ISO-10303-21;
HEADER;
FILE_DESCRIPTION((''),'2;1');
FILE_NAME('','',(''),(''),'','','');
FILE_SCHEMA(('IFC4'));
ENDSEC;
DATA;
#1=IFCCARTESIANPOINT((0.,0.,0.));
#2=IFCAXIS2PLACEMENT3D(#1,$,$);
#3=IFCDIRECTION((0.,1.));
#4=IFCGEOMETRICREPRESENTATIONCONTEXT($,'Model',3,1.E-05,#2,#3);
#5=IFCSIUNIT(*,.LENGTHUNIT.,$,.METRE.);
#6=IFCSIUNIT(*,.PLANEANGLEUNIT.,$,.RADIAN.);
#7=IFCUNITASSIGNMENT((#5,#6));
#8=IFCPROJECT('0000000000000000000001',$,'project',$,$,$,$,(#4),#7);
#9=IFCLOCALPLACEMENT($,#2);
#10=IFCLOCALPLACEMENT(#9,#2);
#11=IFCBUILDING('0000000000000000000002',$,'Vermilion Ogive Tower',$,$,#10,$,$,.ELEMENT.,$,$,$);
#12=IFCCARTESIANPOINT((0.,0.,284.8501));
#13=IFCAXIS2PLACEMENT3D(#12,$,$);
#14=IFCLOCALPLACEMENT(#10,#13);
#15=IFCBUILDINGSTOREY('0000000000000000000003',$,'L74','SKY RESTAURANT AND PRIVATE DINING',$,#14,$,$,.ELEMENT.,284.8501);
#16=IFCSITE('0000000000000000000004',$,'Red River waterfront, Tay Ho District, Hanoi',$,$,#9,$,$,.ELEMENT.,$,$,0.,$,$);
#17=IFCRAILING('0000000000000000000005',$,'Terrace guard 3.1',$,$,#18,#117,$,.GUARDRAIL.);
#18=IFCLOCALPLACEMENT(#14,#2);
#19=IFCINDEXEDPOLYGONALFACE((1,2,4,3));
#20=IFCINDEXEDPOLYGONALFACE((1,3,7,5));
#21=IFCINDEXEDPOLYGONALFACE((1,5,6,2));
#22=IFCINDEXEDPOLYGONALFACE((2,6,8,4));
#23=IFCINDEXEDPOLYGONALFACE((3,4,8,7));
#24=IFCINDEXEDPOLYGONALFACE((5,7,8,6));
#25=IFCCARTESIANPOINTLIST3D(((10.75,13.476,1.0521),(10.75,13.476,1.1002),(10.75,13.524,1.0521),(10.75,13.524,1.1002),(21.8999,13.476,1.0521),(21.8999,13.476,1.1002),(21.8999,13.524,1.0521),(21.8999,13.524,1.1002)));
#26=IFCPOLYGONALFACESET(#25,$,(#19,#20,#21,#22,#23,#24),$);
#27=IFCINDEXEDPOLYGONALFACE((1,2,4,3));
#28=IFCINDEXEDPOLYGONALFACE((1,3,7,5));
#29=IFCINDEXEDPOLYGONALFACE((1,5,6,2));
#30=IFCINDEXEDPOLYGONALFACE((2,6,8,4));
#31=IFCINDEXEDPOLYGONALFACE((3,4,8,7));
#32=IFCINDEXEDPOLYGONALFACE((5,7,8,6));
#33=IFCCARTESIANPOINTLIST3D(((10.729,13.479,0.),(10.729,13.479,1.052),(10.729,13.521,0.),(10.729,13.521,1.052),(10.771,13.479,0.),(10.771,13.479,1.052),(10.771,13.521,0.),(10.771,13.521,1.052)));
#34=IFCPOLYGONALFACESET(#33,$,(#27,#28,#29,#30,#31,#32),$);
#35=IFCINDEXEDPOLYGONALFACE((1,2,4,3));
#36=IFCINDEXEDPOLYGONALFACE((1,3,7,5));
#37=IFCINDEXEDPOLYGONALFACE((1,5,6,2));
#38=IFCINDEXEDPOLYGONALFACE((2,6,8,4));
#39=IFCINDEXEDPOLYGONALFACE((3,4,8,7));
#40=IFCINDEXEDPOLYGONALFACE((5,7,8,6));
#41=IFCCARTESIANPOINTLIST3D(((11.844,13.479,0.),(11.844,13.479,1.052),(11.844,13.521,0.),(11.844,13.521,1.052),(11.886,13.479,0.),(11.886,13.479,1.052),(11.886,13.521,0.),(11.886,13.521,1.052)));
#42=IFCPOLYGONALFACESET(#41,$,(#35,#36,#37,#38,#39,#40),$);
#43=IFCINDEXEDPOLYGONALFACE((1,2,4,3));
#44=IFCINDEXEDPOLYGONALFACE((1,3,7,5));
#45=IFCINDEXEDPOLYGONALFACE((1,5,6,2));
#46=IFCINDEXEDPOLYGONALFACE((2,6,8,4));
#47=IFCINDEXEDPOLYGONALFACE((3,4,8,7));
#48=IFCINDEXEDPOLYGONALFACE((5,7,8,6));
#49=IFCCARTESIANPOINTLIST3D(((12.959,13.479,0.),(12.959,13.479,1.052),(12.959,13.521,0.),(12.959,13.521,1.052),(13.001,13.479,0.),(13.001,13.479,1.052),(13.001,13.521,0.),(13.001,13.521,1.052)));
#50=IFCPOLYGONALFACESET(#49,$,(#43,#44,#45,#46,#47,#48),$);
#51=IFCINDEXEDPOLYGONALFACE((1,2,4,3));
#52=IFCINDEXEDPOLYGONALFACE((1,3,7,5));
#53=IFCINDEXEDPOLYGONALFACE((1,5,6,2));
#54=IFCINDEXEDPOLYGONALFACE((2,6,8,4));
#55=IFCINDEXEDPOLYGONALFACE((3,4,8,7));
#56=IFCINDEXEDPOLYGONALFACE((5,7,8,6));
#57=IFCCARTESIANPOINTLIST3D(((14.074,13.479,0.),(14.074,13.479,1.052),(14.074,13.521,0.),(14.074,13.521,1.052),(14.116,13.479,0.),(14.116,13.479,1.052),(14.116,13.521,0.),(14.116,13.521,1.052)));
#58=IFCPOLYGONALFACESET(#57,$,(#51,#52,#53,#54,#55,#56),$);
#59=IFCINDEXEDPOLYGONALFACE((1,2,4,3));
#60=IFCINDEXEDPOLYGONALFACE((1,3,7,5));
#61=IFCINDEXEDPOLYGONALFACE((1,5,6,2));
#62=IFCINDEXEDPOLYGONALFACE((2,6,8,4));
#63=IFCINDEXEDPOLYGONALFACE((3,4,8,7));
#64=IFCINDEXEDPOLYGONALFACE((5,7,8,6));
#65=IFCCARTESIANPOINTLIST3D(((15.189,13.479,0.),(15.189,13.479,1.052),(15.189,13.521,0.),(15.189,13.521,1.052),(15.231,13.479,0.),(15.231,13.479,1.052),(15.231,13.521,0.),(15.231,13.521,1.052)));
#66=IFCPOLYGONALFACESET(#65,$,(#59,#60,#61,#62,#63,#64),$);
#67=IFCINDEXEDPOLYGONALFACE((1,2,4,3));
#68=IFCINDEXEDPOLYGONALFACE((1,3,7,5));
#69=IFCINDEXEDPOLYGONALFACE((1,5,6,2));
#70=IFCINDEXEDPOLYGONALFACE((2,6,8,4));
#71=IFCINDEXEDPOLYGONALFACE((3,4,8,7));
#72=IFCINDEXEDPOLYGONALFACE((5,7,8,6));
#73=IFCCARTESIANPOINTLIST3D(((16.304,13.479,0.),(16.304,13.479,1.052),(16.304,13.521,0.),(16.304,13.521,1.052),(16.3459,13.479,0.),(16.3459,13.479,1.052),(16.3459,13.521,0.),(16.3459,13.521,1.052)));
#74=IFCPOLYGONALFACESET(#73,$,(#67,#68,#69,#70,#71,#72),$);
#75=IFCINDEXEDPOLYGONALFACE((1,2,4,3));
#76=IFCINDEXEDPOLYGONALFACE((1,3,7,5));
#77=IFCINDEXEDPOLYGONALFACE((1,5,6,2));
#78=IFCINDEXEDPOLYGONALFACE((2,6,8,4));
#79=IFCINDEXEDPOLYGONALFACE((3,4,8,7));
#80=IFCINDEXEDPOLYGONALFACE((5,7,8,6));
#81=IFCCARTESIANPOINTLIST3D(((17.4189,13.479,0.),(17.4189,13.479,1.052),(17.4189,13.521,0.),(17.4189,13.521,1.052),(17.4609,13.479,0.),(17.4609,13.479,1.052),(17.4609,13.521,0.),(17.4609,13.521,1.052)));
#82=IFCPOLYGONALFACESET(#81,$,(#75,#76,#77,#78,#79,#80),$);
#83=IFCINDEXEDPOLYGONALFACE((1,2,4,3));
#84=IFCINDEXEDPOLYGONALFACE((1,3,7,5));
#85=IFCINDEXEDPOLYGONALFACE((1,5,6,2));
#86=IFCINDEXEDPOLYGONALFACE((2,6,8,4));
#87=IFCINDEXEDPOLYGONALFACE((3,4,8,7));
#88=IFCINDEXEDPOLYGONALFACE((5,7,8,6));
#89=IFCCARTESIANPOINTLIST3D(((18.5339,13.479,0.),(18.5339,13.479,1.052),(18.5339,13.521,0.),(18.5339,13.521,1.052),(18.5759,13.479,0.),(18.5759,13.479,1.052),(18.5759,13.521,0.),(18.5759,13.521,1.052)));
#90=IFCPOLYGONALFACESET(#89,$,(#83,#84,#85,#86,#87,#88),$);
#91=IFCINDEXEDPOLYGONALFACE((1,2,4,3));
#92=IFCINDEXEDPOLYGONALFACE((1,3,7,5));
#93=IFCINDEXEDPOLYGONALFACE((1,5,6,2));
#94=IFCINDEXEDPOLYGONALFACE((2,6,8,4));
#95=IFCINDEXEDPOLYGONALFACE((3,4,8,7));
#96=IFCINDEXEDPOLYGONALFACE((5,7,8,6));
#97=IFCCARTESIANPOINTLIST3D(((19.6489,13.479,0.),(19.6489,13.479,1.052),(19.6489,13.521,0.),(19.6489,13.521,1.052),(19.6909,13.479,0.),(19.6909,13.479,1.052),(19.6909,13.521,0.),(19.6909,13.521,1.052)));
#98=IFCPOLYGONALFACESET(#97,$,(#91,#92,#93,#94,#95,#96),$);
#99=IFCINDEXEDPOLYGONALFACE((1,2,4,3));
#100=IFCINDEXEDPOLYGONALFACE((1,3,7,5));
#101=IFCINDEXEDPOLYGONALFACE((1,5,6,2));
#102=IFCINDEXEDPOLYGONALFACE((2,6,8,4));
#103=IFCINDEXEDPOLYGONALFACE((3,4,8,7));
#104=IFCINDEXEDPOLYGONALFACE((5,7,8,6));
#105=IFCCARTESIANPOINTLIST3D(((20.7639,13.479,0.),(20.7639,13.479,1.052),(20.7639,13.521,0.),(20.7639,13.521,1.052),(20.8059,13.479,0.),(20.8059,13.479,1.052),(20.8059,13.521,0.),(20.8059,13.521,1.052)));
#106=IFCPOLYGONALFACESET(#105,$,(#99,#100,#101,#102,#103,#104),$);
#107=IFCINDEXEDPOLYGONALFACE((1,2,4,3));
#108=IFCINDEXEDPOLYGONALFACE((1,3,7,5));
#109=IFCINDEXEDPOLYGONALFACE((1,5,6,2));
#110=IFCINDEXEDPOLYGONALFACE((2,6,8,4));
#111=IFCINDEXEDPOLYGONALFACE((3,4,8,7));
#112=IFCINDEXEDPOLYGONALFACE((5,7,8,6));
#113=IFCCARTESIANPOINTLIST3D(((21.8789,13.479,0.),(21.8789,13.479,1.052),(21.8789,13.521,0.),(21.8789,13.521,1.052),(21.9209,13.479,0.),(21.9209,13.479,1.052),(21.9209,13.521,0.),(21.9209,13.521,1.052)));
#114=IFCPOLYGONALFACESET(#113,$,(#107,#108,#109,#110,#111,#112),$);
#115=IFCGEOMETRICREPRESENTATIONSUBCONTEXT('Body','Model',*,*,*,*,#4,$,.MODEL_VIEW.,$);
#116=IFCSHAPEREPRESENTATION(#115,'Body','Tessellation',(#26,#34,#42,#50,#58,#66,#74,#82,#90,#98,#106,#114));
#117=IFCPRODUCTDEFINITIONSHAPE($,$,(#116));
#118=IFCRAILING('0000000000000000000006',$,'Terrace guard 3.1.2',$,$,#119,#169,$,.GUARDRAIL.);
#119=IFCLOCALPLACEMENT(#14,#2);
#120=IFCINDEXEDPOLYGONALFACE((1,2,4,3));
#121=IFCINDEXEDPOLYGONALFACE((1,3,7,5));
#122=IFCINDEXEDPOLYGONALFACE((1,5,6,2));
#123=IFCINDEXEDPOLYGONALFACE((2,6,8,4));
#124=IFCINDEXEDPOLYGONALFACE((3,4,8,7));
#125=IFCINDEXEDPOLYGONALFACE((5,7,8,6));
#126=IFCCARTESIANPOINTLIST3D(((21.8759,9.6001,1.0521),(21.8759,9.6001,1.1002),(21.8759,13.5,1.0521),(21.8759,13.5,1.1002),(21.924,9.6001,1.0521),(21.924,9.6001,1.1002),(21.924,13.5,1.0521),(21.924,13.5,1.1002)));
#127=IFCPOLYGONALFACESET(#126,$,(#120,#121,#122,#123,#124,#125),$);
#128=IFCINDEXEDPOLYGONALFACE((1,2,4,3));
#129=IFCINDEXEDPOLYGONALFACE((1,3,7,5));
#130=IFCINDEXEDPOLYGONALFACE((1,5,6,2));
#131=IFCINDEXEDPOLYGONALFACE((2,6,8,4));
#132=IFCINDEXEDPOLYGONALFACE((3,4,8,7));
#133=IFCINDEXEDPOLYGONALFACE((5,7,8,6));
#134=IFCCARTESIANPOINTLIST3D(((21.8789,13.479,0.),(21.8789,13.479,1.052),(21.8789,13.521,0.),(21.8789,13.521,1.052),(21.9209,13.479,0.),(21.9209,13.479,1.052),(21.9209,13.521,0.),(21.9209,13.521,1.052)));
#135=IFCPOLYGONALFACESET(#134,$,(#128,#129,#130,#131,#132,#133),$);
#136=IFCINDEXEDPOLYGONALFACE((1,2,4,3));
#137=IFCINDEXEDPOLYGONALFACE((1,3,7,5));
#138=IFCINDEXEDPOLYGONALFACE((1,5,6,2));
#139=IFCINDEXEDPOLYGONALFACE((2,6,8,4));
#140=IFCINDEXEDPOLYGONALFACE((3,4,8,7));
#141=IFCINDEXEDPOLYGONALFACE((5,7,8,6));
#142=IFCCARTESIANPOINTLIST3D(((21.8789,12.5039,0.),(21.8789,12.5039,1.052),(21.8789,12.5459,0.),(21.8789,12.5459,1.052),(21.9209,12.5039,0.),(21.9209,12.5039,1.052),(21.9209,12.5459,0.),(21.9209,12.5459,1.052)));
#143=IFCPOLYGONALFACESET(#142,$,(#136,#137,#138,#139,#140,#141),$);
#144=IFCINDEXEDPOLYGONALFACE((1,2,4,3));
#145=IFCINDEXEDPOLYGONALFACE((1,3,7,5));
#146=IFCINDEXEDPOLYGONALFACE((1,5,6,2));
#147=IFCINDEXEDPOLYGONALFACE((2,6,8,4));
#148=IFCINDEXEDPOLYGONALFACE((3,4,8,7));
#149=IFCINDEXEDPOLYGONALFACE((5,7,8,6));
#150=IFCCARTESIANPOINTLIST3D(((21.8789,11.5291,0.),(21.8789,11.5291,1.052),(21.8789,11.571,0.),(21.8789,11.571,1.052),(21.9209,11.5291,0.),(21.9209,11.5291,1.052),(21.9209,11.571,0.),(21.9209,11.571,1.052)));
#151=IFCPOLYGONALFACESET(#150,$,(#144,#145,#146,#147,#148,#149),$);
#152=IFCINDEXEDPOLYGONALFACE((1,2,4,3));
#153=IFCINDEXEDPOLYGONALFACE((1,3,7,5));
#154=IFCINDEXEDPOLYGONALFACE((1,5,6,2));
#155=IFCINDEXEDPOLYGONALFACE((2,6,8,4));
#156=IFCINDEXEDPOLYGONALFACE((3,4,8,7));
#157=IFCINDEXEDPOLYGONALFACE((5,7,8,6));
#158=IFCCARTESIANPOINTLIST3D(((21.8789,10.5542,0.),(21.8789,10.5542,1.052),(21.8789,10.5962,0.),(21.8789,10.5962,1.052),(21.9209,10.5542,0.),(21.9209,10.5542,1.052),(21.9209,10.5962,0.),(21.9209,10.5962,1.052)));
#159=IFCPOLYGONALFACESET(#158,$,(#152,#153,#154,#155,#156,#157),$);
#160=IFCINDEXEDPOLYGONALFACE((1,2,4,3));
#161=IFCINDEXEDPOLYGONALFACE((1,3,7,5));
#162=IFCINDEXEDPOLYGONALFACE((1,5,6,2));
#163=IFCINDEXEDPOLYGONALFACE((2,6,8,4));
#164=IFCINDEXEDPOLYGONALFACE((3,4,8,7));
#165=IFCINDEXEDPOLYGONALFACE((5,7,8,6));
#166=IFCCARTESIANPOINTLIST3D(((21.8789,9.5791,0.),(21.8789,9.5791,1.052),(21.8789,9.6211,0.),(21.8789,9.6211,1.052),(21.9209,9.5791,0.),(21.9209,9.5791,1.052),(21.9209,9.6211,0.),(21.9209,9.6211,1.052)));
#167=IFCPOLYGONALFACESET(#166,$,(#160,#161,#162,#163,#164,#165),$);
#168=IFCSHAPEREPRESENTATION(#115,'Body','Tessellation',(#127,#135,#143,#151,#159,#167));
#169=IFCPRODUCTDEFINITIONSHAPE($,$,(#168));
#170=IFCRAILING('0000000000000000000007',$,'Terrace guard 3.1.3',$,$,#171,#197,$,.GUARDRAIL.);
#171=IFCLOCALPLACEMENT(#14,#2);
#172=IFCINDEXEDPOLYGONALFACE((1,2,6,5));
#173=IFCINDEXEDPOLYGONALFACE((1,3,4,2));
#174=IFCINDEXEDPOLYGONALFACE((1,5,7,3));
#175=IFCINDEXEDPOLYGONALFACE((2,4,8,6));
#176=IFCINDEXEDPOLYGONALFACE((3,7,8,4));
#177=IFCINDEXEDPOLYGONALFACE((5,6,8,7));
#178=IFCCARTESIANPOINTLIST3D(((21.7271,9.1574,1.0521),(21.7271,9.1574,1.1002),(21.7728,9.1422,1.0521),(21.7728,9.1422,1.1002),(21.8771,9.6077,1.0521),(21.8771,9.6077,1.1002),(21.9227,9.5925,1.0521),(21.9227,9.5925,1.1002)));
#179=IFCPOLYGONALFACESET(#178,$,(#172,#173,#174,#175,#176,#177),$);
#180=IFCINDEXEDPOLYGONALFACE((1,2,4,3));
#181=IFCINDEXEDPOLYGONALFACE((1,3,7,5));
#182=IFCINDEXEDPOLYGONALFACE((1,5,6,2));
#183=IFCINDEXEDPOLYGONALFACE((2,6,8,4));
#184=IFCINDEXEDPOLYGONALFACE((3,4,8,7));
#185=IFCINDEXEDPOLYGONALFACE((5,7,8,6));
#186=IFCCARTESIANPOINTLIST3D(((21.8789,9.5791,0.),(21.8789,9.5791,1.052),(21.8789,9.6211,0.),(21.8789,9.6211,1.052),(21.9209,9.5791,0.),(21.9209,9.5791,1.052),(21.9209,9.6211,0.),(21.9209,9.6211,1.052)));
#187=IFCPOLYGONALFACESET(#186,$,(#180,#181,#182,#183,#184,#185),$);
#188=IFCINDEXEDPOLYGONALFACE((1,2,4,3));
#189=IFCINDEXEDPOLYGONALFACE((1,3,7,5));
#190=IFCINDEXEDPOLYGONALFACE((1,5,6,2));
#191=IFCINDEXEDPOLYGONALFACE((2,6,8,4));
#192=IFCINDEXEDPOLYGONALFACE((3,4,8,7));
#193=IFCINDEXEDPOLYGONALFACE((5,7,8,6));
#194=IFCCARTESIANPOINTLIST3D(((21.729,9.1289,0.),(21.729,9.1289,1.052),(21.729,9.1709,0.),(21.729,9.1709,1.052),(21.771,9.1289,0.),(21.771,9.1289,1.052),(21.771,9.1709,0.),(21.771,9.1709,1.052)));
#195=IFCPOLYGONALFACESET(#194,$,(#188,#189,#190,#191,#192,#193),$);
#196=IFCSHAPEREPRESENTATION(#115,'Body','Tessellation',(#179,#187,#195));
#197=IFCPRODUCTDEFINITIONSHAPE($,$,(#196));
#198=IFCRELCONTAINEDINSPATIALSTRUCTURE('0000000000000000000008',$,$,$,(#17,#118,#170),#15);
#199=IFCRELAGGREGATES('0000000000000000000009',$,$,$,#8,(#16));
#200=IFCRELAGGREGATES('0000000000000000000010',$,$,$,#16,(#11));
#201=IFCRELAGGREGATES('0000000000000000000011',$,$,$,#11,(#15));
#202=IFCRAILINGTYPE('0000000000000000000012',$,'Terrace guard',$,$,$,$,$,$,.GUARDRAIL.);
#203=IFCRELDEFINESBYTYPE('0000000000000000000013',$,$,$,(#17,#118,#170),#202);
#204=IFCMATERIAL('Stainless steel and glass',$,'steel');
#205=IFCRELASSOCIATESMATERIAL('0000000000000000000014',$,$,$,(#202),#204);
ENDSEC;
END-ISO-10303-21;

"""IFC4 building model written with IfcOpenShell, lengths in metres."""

from ifc_helpers import new_model, si_unit, direction, frame, origin, origin_2d, place, context, subcontext, project, spatial, rectangle, extrude, material, type_object, element, save


model = new_model("IFC4")

# Units and contexts
model_context = context("Model", 3, precision=1e-05, world=origin(), true_north=direction((0.0, 1.0)))
body_context = subcontext(model_context, "Body", "Model", "MODEL_VIEW")
ifc_project = project(units=[si_unit("LENGTHUNIT", "METRE"), si_unit("PLANEANGLEUNIT", "RADIAN")], contexts=[model_context])

# Site, building, storey
site_placement = place(None, origin())
site = spatial("IfcSite", under=ifc_project, at=site_placement, Name="Red River waterfront, Tay Ho District, Hanoi", CompositionType="ELEMENT", RefElevation=0.0)
building_placement = place(site_placement, origin())
building = spatial("IfcBuilding", under=site, at=building_placement, Name="Vermilion Ogive Tower", CompositionType="ELEMENT")
storey_placement = place(building_placement, frame((0.0, 0.0, 284.8501)))
storey = spatial("IfcBuildingStorey", under=building, at=storey_placement, Name="L74", Description="SKY RESTAURANT AND PRIVATE DINING", CompositionType="ELEMENT", Elevation=284.8501)

# Railings
ifc_material_1 = material(Name="Stainless steel and glass", Category="steel")
railing_type = type_object("IfcRailingType", Name="Terrace guard", PredefinedType="GUARDRAIL", material=ifc_material_1)
railing_1_placement = place(storey_placement, frame((10.75, 13.5, 0.0)))
element("IfcRailing", 1, at=railing_1_placement, inside=storey, type_object=railing_type, Name="Terrace guard 3.1", PredefinedType="GUARDRAIL", context=body_context, shape_type="SweptSolid", body=[
    extrude(rectangle(XDim=0.0481, YDim=0.0481, at=origin_2d()), frame((0.0, 0.0, 1.0762), z_axis=(1.0, 0.0, 0.0), x_axis=(0.0, 1.0, 0.0)), (0.0, 0.0, 1.0), 11.1499),
    extrude(rectangle(XDim=0.042, YDim=0.042, at=origin_2d()), origin(), (0.0, 0.0, 1.0), 1.052),
    extrude(rectangle(XDim=0.042, YDim=0.042, at=origin_2d()), frame((1.115, 0.0, 0.0)), (0.0, 0.0, 1.0), 1.052),
    extrude(rectangle(XDim=0.042, YDim=0.042, at=origin_2d()), frame((2.23, 0.0, 0.0)), (0.0, 0.0, 1.0), 1.052),
    extrude(rectangle(XDim=0.042, YDim=0.042, at=origin_2d()), frame((3.345, 0.0, 0.0)), (0.0, 0.0, 1.0), 1.052),
    extrude(rectangle(XDim=0.042, YDim=0.042, at=origin_2d()), frame((4.46, 0.0, 0.0)), (0.0, 0.0, 1.0), 1.052),
    extrude(rectangle(XDim=0.042, YDim=0.042, at=origin_2d()), frame((5.575, 0.0, 0.0)), (0.0, 0.0, 1.0), 1.052),
    extrude(rectangle(XDim=0.042, YDim=0.042, at=origin_2d()), frame((6.6899, 0.0, 0.0)), (0.0, 0.0, 1.0), 1.052),
    extrude(rectangle(XDim=0.042, YDim=0.042, at=origin_2d()), frame((7.8049, 0.0, 0.0)), (0.0, 0.0, 1.0), 1.052),
    extrude(rectangle(XDim=0.042, YDim=0.042, at=origin_2d()), frame((8.9199, 0.0, 0.0)), (0.0, 0.0, 1.0), 1.052),
    extrude(rectangle(XDim=0.042, YDim=0.042, at=origin_2d()), frame((10.0349, 0.0, 0.0)), (0.0, 0.0, 1.0), 1.052),
    extrude(rectangle(XDim=0.042, YDim=0.042, at=origin_2d()), frame((11.1499, 0.0, 0.0)), (0.0, 0.0, 1.0), 1.052),
])
railing_2_placement = place(storey_placement, frame((21.8999, 13.5, 0.0)))
element("IfcRailing", 2, at=railing_2_placement, inside=storey, type_object=railing_type, Name="Terrace guard 3.1.2", PredefinedType="GUARDRAIL", context=body_context, shape_type="SweptSolid", body=[
    extrude(rectangle(XDim=0.0481, YDim=0.0481, at=origin_2d()), frame((0.0, 0.0, 1.0762), z_axis=(0.0, -1.0, 0.0), x_axis=(1.0, 0.0, 0.0)), (0.0, 0.0, 1.0), 3.8999),
    extrude(rectangle(XDim=0.042, YDim=0.042, at=origin_2d()), origin(), (0.0, 0.0, 1.0), 1.052),
    extrude(rectangle(XDim=0.042, YDim=0.042, at=origin_2d()), frame((0.0, -0.9751, 0.0)), (0.0, 0.0, 1.0), 1.052),
    extrude(rectangle(XDim=0.042, YDim=0.042, at=origin_2d()), frame((0.0, -1.95, 0.0)), (0.0, 0.0, 1.0), 1.052),
    extrude(rectangle(XDim=0.042, YDim=0.042, at=origin_2d()), frame((0.0, -2.9248, 0.0)), (0.0, 0.0, 1.0), 1.052),
    extrude(rectangle(XDim=0.042, YDim=0.042, at=origin_2d()), frame((0.0, -3.8999, 0.0)), (0.0, 0.0, 1.0), 1.052),
])
railing_3_placement = place(storey_placement, frame((21.8999, 9.6001, 0.0)))
element("IfcRailing", 3, at=railing_3_placement, inside=storey, type_object=railing_type, Name="Terrace guard 3.1.3", PredefinedType="GUARDRAIL", context=body_context, shape_type="SweptSolid", body=[
    extrude(rectangle(XDim=0.0481, YDim=0.0481, at=origin_2d()), frame((0.0, 0.0, 1.0762), z_axis=(-0.315919, -0.948786, 0.0), x_axis=(0.948786, -0.315919, 0.0)), (0.0, 0.0, 1.0), 0.4746),
    extrude(rectangle(XDim=0.042, YDim=0.042, at=origin_2d()), origin(), (0.0, 0.0, 1.0), 1.052),
    extrude(rectangle(XDim=0.042, YDim=0.042, at=origin_2d()), frame((-0.1499, -0.4502, 0.0)), (0.0, 0.0, 1.0), 1.052),
])

save(model, "model.ifc")
